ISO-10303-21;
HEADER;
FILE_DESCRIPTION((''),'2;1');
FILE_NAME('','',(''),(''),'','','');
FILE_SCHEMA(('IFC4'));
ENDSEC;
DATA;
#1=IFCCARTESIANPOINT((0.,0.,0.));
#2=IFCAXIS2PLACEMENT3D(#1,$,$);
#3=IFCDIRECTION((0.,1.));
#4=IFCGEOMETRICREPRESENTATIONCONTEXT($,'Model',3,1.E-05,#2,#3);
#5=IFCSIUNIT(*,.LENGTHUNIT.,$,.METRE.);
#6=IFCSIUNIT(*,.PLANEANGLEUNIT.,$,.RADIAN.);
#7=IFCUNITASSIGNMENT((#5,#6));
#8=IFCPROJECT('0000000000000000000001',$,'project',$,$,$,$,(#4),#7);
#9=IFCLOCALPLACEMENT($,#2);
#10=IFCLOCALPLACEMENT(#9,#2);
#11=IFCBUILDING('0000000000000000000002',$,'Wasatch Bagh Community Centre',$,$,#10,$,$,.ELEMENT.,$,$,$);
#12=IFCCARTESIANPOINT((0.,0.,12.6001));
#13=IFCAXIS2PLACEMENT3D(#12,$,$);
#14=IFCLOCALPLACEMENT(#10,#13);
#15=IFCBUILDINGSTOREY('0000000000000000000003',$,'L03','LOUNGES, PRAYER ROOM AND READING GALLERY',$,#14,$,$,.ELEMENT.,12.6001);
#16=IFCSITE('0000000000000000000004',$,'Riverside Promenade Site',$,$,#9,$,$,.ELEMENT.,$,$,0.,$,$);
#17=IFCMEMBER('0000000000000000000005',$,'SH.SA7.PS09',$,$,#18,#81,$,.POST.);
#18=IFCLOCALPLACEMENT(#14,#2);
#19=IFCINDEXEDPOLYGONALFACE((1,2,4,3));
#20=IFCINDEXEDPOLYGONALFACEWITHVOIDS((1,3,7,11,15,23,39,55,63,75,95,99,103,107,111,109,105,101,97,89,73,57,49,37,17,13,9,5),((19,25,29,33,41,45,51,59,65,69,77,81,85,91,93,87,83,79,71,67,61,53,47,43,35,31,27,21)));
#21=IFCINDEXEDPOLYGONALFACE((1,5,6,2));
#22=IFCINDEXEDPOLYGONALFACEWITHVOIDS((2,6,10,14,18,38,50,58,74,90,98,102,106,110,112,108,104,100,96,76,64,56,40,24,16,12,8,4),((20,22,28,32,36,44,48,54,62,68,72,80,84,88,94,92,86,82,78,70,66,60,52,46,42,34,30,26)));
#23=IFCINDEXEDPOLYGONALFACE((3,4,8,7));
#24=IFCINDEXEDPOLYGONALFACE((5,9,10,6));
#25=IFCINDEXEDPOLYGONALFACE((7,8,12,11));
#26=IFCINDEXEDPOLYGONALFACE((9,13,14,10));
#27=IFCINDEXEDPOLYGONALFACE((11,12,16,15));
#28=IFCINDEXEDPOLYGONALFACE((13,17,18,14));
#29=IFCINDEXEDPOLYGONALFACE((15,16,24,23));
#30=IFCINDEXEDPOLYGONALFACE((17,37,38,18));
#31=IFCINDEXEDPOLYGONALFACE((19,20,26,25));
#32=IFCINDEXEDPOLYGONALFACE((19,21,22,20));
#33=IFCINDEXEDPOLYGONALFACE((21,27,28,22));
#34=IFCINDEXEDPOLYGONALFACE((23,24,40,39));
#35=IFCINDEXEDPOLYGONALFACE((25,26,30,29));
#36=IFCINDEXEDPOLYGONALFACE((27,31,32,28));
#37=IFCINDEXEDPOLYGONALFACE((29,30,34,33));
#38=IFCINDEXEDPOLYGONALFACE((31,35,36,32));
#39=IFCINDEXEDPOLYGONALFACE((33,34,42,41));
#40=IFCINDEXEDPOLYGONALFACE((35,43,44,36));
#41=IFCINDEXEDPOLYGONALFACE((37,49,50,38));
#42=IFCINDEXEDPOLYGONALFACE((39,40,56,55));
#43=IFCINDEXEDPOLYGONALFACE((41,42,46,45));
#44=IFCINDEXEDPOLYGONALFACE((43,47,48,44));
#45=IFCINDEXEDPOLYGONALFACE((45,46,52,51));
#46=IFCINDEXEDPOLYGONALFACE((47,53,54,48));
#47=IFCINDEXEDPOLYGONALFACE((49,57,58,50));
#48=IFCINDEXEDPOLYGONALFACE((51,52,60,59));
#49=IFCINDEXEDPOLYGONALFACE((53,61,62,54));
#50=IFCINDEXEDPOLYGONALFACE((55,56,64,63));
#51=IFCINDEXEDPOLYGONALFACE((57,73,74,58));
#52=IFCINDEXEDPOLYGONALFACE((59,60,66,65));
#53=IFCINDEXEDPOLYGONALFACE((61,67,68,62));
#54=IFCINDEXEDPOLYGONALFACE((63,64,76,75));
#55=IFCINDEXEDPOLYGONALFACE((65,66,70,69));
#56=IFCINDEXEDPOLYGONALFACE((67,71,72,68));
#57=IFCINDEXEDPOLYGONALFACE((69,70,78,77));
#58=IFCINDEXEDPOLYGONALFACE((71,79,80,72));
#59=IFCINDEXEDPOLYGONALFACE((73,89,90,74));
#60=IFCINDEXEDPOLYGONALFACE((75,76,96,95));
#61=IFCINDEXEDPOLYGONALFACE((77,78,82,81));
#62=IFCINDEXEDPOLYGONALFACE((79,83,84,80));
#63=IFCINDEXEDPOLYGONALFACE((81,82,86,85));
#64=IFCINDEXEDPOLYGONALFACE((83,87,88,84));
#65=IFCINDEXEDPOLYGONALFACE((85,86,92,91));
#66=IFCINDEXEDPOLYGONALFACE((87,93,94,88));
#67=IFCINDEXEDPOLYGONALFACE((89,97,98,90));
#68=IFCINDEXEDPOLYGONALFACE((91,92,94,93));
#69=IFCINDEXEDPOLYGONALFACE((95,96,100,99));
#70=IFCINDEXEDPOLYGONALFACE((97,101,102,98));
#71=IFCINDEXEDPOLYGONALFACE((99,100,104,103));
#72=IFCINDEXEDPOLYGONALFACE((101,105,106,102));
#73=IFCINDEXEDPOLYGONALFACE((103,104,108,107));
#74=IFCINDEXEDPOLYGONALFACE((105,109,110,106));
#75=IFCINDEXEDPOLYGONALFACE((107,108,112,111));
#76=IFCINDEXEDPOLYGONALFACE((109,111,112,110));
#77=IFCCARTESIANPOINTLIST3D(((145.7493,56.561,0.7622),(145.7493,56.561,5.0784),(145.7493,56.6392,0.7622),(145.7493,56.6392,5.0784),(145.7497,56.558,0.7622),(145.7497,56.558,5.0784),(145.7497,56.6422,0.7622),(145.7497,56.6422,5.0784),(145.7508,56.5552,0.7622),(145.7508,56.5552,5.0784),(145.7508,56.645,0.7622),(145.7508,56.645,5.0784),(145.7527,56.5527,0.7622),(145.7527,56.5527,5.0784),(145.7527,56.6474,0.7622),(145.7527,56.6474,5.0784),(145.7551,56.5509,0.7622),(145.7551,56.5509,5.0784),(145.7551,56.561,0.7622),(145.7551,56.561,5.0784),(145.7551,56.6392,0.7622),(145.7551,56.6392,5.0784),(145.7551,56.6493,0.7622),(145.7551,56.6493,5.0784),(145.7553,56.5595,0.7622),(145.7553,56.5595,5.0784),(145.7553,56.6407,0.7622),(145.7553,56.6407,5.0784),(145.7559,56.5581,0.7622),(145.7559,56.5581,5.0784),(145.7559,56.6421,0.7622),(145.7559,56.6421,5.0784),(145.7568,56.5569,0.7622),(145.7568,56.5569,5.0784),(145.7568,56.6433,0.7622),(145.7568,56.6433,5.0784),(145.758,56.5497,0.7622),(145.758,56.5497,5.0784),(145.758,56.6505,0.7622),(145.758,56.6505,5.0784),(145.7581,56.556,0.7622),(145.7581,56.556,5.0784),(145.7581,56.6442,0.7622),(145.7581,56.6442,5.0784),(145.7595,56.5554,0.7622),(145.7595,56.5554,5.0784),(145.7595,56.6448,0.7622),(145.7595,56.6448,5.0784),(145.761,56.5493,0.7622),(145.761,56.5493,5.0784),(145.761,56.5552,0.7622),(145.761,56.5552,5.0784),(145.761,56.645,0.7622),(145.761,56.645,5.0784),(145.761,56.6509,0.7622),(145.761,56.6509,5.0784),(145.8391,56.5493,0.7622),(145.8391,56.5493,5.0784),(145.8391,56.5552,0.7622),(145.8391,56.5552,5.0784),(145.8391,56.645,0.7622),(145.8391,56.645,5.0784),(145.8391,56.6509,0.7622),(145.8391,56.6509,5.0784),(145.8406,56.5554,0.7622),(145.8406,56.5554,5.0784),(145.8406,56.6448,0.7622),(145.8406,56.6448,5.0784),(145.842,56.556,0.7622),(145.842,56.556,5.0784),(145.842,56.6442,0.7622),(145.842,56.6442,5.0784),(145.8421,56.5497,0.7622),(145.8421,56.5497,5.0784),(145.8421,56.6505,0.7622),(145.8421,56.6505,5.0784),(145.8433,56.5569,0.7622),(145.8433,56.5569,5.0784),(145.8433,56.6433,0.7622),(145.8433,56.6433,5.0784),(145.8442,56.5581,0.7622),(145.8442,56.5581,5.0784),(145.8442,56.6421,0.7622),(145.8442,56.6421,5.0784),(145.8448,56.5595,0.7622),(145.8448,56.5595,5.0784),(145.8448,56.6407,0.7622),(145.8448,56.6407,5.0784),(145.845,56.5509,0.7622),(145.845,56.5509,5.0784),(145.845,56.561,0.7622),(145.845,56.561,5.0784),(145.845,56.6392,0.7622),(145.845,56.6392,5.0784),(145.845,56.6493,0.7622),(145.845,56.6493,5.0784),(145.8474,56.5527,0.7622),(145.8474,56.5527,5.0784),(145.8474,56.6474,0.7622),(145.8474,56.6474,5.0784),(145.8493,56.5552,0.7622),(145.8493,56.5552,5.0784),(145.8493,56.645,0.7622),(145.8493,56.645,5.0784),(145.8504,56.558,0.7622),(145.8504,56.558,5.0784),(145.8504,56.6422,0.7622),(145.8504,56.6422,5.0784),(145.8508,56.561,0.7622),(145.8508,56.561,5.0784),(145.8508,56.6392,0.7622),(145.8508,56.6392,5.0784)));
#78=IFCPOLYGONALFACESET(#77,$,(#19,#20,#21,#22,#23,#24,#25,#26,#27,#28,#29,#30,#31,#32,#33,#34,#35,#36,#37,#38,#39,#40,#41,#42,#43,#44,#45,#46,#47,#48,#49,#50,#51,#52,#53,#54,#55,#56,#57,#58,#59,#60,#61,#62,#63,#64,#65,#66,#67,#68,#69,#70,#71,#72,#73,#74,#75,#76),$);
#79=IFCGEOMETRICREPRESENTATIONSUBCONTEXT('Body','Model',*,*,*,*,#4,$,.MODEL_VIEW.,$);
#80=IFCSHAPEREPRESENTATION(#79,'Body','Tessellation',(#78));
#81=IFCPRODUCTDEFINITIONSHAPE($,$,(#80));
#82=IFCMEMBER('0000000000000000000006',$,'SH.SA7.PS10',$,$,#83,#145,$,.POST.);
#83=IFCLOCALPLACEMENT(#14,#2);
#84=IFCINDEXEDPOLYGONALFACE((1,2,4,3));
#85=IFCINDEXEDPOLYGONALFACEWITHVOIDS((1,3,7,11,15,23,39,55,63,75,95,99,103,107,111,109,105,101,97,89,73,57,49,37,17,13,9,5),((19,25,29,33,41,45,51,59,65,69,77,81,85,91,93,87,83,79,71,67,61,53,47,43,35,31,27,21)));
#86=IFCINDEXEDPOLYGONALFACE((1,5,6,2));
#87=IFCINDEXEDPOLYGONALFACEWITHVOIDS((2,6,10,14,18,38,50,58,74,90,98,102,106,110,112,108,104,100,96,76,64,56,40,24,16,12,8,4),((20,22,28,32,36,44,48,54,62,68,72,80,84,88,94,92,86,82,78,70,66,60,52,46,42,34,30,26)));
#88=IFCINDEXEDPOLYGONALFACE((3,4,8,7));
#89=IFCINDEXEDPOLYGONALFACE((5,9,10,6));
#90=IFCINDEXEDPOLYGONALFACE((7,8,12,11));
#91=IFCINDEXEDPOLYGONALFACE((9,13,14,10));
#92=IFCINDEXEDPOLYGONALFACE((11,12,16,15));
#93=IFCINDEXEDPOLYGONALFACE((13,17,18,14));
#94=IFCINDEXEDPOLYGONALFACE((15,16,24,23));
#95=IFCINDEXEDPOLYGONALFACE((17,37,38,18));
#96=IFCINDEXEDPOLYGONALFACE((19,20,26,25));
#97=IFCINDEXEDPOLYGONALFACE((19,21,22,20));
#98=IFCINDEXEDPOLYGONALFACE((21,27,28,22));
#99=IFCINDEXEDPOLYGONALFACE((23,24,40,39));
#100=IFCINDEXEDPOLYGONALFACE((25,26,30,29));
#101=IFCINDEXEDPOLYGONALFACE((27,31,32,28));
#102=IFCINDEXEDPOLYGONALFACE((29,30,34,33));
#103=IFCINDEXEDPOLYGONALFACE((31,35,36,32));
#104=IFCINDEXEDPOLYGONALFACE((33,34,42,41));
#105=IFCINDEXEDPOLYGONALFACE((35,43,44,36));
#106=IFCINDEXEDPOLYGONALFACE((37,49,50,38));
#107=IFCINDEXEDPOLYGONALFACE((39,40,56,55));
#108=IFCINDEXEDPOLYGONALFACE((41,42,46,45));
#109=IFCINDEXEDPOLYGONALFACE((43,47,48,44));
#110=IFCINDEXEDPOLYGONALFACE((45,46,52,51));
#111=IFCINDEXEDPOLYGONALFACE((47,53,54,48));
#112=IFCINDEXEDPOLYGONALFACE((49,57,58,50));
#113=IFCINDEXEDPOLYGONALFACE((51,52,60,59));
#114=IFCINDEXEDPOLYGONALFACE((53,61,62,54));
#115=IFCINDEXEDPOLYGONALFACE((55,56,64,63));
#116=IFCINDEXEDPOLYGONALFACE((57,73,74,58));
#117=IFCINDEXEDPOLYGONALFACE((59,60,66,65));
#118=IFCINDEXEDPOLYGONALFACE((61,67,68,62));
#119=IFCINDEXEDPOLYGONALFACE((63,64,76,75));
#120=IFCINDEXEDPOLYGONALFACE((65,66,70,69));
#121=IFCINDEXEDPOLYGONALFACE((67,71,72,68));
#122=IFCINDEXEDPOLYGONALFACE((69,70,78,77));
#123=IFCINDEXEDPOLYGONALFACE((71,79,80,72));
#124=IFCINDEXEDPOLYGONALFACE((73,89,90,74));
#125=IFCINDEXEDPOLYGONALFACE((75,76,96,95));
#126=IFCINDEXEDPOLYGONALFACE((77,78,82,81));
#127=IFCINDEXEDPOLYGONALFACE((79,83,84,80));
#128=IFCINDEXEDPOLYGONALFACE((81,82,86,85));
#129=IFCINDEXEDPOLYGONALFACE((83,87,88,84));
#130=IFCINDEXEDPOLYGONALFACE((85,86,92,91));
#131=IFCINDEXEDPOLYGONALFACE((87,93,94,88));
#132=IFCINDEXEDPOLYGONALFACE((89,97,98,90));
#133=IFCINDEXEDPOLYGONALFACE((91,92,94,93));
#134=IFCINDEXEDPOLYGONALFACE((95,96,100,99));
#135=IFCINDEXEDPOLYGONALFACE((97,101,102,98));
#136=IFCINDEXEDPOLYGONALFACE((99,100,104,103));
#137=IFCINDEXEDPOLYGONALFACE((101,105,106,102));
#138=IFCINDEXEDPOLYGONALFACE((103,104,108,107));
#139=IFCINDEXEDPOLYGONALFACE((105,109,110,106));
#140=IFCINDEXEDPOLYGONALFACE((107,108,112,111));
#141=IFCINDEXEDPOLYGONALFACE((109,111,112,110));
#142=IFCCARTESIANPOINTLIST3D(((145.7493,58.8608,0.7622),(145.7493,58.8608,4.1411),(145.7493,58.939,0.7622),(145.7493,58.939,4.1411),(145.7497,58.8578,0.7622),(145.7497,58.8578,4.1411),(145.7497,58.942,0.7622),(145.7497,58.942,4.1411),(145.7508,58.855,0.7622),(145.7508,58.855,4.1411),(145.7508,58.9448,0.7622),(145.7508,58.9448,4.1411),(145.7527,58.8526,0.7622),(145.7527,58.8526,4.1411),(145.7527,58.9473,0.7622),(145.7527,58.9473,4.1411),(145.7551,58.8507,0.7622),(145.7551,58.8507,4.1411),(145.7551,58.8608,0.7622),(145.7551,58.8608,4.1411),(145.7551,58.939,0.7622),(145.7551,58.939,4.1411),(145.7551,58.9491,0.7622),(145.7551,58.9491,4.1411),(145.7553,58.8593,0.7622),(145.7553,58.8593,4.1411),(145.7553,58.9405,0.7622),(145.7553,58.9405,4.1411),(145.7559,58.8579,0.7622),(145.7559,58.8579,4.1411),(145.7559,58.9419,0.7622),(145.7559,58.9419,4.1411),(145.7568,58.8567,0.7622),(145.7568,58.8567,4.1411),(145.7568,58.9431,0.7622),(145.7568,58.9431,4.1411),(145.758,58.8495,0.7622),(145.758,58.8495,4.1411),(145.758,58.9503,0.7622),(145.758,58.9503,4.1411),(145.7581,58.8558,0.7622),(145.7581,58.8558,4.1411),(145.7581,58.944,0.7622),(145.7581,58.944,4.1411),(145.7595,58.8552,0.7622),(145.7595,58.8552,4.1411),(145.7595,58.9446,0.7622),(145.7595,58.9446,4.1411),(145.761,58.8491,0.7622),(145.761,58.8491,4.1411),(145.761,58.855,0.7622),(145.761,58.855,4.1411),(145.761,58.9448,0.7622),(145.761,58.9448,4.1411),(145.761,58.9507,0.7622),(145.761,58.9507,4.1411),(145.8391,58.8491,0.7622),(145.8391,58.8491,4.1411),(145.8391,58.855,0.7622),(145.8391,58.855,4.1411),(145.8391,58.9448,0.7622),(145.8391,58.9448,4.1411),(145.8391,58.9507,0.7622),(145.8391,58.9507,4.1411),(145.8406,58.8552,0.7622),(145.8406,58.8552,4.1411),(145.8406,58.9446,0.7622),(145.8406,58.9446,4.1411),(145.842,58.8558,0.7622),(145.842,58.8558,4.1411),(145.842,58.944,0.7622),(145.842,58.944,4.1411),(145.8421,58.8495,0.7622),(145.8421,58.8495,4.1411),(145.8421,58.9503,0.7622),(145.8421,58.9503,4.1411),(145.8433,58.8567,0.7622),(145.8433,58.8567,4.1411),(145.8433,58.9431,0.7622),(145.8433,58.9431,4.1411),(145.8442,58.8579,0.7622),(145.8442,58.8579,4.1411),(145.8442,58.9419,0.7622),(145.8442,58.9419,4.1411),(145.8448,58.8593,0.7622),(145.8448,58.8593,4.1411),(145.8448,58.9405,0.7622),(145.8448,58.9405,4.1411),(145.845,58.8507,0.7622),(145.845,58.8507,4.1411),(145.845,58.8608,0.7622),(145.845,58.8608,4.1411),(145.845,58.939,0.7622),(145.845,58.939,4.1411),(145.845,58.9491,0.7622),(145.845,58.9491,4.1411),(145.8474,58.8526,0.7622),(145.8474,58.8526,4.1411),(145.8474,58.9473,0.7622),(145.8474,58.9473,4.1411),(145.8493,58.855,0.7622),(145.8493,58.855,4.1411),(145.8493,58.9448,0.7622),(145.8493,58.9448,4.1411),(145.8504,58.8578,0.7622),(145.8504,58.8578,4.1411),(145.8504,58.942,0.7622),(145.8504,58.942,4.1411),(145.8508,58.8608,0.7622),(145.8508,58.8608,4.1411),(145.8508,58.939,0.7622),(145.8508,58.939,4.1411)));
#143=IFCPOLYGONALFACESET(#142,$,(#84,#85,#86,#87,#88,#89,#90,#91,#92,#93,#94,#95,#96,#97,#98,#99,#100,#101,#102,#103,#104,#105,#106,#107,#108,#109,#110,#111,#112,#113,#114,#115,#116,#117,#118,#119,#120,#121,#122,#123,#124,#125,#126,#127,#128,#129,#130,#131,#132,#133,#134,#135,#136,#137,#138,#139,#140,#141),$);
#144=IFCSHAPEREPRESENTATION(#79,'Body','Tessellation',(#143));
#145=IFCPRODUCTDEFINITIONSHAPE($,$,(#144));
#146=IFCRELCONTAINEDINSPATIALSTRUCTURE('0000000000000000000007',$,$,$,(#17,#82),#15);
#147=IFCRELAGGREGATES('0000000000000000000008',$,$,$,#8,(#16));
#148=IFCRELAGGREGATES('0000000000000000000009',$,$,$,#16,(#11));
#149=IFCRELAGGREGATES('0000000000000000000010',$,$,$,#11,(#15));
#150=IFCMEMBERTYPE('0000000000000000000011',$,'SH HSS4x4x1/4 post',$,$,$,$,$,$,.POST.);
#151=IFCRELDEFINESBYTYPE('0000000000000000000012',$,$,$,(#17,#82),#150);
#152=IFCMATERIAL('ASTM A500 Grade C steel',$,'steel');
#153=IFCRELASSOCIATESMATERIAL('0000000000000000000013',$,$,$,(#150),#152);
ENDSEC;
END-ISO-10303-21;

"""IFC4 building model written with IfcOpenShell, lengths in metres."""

from ifc_helpers import new_model, si_unit, direction, frame, origin, origin_2d, place, context, subcontext, project, spatial, hollow_rectangle, extrude, material, material_profile, profile_set, type_object, element, save


model = new_model("IFC4")

# Units and contexts
model_context = context("Model", 3, precision=1e-05, world=origin(), true_north=direction((0.0, 1.0)))
body_context = subcontext(model_context, "Body", "Model", "MODEL_VIEW")
ifc_project = project(units=[si_unit("LENGTHUNIT", "METRE"), si_unit("PLANEANGLEUNIT", "RADIAN")], contexts=[model_context])

# Site, building, storey
site_placement = place(None, origin())
site = spatial("IfcSite", under=ifc_project, at=site_placement, Name="Riverside Promenade Site", CompositionType="ELEMENT", RefElevation=0.0)
building_placement = place(site_placement, origin())
building = spatial("IfcBuilding", under=site, at=building_placement, Name="Wasatch Bagh Community Centre", CompositionType="ELEMENT")
storey_placement = place(building_placement, frame((0.0, 0.0, 12.6001)))
storey = spatial("IfcBuildingStorey", under=building, at=storey_placement, Name="L03", Description="LOUNGES, PRAYER ROOM AND READING GALLERY", CompositionType="ELEMENT", Elevation=12.6001)

# Members
ifc_material_1 = material(Name="ASTM A500 Grade C steel", Category="steel")
ifc_material_profile_1 = material_profile(ifc_material_1, hollow_rectangle(XDim=0.1016, YDim=0.1016, WallThickness=0.0059, InnerFilletRadius=0.0059, OuterFilletRadius=0.0117, at=origin_2d()), Name="HSS4x4x1/4")
ifc_profile_set_1 = profile_set([ifc_material_profile_1], Name="ASTM A500 Grade C steel")
member_type_1 = type_object("IfcMemberType", Name="SH HSS4x4x1/4 post", PredefinedType="POST", material=ifc_profile_set_1)
member_1_placement = place(storey_placement, frame((145.8, 56.6001, 0.7622), z_axis=(0.0, 0.0, 1.0), x_axis=(1.0, 0.0, 0.0)))
element("IfcMember", 1, at=member_1_placement, inside=storey, type_object=member_type_1, Name="SH.SA7.PS09", PredefinedType="POST", context=body_context, shape_type="SweptSolid", body=[
    extrude(hollow_rectangle(XDim=0.1016, YDim=0.1016, WallThickness=0.0059, InnerFilletRadius=0.0059, OuterFilletRadius=0.0117, at=origin_2d()), origin(), (0.0, 0.0, 1.0), 4.3162),
])
member_2_placement = place(storey_placement, frame((145.8, 58.8999, 0.7622), z_axis=(0.0, 0.0, 1.0), x_axis=(1.0, 0.0, 0.0)))
element("IfcMember", 2, at=member_2_placement, inside=storey, type_object=member_type_1, Name="SH.SA7.PS10", PredefinedType="POST", context=body_context, shape_type="SweptSolid", body=[
    extrude(hollow_rectangle(XDim=0.1016, YDim=0.1016, WallThickness=0.0059, InnerFilletRadius=0.0059, OuterFilletRadius=0.0117, at=origin_2d()), origin(), (0.0, 0.0, 1.0), 3.3789),
])

save(model, "model.ifc")
